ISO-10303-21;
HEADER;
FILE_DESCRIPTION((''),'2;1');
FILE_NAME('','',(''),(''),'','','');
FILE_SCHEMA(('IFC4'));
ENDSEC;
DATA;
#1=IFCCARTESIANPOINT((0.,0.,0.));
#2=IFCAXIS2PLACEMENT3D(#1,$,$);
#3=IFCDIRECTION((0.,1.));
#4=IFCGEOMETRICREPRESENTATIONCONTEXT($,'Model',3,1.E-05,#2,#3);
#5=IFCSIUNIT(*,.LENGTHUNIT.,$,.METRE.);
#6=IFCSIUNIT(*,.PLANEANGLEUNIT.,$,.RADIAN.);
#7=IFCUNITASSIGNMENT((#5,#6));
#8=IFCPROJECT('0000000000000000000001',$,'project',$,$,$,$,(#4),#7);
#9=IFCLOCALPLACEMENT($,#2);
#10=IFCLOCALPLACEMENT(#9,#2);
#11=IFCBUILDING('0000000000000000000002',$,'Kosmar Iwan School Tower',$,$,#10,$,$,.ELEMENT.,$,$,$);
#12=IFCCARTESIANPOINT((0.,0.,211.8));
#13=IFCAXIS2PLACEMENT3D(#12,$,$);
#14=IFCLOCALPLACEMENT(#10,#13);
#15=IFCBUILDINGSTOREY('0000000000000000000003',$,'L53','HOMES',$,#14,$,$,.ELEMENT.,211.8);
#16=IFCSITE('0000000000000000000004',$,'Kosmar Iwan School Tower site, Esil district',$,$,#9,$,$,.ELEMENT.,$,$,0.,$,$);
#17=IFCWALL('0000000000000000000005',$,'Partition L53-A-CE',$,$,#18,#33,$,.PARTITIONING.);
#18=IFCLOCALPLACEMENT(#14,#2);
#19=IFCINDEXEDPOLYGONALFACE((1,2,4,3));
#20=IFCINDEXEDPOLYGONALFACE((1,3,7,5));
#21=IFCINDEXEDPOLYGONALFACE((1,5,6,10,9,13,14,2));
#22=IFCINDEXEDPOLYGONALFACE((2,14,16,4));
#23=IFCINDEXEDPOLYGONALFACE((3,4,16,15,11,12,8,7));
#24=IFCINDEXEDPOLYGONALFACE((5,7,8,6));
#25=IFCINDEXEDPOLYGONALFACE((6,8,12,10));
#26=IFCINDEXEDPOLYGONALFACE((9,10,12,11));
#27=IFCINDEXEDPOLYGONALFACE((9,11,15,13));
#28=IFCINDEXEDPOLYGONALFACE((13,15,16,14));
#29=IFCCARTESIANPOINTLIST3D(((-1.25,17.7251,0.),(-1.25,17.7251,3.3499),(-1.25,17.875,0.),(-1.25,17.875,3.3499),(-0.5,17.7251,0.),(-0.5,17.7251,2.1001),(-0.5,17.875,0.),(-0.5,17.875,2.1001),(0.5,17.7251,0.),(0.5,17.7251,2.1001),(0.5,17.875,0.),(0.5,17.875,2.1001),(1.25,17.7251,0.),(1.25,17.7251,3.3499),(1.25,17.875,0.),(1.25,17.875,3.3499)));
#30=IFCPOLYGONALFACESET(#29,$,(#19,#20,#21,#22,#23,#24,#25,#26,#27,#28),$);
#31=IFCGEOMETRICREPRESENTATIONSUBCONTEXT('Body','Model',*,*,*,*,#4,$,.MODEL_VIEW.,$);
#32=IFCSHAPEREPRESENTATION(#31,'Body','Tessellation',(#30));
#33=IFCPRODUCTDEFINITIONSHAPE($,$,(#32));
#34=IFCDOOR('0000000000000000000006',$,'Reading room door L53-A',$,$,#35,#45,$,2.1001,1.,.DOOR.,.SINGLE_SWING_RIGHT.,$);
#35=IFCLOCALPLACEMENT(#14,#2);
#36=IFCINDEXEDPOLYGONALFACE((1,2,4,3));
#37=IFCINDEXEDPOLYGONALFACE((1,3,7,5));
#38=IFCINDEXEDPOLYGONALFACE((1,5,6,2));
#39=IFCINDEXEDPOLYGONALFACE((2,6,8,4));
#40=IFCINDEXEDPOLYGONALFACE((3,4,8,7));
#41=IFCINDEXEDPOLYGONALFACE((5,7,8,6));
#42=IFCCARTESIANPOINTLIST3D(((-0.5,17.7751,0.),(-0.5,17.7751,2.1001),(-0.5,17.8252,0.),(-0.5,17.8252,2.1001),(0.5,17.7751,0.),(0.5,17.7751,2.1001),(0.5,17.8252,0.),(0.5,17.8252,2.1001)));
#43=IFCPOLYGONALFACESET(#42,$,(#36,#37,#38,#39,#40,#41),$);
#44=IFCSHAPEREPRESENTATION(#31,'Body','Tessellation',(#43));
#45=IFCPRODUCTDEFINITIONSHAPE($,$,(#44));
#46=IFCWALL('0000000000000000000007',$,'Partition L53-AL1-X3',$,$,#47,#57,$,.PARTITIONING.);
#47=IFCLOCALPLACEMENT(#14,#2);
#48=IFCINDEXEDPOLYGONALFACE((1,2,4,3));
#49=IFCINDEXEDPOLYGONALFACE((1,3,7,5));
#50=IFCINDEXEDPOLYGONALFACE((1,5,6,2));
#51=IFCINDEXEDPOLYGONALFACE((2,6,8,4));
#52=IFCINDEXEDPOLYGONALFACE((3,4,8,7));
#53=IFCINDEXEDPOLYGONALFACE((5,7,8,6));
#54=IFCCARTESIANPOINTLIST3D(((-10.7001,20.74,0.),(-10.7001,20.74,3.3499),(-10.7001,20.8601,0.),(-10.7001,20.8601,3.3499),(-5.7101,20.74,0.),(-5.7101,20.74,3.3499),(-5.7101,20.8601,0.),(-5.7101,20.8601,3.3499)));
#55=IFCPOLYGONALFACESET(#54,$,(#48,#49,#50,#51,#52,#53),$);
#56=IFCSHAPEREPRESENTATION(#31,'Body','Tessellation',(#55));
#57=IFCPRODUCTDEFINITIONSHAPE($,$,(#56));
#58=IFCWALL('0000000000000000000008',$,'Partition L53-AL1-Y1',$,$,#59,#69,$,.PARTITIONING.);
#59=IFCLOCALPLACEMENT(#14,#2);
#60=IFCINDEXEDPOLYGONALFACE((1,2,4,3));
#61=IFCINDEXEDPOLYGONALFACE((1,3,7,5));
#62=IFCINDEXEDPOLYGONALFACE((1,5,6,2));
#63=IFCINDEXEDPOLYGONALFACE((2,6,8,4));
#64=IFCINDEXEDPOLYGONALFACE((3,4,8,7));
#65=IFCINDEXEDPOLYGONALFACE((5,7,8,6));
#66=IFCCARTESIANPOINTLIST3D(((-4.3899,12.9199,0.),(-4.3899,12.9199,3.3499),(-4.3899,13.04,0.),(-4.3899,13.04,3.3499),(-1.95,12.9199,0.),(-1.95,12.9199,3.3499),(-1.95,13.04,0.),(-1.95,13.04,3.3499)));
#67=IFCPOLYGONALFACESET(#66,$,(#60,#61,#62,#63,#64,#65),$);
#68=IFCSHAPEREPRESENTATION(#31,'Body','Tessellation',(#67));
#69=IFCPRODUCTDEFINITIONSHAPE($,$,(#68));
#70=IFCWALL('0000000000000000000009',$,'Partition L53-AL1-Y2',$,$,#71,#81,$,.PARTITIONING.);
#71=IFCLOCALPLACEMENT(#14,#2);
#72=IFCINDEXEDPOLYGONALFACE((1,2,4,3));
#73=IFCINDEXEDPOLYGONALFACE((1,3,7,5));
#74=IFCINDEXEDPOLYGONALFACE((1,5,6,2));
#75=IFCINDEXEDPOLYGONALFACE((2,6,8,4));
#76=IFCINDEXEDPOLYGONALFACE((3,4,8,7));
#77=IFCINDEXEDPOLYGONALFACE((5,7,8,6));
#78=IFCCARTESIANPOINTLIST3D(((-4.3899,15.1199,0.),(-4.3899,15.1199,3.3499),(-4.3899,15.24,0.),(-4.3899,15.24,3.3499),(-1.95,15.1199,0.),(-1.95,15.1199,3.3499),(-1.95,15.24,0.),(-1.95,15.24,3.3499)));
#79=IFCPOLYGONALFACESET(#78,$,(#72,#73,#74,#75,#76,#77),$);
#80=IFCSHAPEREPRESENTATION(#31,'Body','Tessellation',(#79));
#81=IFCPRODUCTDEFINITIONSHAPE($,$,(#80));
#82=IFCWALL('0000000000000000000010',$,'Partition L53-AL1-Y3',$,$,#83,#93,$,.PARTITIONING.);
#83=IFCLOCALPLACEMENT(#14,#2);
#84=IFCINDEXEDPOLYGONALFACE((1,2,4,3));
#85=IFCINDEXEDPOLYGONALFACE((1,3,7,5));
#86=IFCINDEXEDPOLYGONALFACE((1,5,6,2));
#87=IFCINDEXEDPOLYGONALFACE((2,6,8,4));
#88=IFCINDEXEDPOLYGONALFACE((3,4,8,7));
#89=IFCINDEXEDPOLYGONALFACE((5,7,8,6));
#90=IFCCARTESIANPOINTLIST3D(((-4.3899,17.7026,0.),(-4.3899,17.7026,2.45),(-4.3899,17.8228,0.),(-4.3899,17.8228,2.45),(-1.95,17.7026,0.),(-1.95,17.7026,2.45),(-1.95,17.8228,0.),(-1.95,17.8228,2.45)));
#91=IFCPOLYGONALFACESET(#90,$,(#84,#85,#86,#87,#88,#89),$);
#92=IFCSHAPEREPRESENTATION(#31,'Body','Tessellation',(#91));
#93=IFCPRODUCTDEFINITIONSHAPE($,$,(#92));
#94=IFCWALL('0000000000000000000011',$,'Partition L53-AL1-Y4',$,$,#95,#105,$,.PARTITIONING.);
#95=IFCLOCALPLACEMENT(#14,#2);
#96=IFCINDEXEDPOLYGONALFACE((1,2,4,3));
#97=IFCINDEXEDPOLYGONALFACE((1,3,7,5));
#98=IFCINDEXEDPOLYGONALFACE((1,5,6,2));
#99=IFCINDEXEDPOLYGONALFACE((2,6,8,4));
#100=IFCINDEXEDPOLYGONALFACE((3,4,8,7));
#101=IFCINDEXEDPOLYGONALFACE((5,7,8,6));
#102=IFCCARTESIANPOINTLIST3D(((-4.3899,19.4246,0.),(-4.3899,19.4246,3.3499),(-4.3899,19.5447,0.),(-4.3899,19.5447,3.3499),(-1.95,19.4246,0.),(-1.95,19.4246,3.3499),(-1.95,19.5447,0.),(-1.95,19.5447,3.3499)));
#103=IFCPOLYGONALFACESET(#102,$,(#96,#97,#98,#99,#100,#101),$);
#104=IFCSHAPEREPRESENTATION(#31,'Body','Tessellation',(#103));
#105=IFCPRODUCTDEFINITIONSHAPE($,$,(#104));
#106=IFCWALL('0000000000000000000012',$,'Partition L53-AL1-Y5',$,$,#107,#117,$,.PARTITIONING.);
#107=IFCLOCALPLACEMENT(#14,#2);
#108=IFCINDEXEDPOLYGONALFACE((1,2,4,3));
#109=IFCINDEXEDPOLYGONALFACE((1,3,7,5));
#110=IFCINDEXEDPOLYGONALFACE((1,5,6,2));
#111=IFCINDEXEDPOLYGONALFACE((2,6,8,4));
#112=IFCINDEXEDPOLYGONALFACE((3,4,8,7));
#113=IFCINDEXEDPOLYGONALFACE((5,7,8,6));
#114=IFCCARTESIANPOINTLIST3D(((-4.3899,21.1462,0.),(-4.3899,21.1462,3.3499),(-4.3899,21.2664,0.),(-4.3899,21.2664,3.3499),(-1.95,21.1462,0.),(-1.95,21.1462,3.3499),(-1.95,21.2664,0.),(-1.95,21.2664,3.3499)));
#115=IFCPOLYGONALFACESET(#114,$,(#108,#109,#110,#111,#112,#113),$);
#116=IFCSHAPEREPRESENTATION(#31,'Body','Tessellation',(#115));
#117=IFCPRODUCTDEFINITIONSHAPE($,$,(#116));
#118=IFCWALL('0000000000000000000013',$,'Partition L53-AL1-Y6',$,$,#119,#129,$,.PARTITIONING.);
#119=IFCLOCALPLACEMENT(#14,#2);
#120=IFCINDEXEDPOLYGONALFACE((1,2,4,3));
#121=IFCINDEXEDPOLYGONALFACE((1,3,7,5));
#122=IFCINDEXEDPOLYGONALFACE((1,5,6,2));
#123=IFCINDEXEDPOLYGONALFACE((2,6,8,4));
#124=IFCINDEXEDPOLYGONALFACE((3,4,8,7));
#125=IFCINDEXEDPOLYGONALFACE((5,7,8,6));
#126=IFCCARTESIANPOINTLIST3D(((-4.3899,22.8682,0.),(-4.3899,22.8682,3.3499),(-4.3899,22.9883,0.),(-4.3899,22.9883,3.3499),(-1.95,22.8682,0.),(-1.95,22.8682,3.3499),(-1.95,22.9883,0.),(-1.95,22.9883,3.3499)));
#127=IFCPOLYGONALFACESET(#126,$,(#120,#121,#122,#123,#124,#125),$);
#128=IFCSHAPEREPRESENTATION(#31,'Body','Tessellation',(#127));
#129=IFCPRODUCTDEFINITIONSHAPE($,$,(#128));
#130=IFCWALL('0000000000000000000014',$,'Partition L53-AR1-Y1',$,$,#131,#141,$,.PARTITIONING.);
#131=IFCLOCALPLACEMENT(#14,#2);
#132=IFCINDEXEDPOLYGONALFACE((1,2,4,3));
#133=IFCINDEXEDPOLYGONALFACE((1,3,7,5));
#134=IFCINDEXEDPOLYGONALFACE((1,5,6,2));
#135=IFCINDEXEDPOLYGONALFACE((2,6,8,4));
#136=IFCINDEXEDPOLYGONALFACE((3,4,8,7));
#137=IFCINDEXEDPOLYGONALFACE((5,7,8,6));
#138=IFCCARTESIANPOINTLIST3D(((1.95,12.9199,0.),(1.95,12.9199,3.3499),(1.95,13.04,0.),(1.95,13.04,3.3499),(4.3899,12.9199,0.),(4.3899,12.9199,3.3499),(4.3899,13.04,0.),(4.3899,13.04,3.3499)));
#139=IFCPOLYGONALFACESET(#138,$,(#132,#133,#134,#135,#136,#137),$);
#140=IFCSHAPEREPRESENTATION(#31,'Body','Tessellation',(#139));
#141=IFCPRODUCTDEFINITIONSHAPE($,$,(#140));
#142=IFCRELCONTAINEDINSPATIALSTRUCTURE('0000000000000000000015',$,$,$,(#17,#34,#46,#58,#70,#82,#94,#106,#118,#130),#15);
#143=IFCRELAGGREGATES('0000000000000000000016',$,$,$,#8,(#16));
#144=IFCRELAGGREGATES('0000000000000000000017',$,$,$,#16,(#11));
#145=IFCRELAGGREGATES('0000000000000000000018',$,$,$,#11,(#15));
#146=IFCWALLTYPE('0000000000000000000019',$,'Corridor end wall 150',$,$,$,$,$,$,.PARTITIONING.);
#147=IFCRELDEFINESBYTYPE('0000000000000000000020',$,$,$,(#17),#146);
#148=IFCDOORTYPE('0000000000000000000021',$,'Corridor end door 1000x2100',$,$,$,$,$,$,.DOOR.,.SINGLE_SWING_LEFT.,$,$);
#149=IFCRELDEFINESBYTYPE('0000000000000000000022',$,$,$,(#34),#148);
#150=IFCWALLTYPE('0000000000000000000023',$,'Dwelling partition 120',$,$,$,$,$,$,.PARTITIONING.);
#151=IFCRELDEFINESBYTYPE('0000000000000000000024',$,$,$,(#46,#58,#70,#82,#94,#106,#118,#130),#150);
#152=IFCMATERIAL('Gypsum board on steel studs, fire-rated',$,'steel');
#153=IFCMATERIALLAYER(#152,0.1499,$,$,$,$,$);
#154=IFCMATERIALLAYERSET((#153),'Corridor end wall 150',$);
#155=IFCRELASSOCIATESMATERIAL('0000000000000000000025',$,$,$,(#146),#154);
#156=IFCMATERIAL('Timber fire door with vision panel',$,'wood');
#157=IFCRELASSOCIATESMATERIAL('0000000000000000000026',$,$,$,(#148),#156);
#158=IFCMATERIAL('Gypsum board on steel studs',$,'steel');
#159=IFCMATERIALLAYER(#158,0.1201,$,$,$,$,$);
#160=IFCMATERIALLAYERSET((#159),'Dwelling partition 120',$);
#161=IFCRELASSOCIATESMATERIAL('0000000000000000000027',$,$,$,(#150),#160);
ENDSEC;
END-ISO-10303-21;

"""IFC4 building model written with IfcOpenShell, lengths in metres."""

from ifc_helpers import new_model, si_unit, direction, frame, frame_2d, origin, place, context, subcontext, project, spatial, rectangle, extrude, material, layer, layer_set, type_object, element, fill, save


model = new_model("IFC4")

# Units and contexts
model_context = context("Model", 3, precision=1e-05, world=origin(), true_north=direction((0.0, 1.0)))
body_context = subcontext(model_context, "Body", "Model", "MODEL_VIEW")
ifc_project = project(units=[si_unit("LENGTHUNIT", "METRE"), si_unit("PLANEANGLEUNIT", "RADIAN")], contexts=[model_context])

# Site, building, storey
site_placement = place(None, origin())
site = spatial("IfcSite", under=ifc_project, at=site_placement, Name="Kosmar Iwan School Tower site, Esil district", CompositionType="ELEMENT", RefElevation=0.0)
building_placement = place(site_placement, origin())
building = spatial("IfcBuilding", under=site, at=building_placement, Name="Kosmar Iwan School Tower", CompositionType="ELEMENT")
storey_placement = place(building_placement, frame((0.0, 0.0, 211.8)))
storey = spatial("IfcBuildingStorey", under=building, at=storey_placement, Name="L53", Description="HOMES", CompositionType="ELEMENT", Elevation=211.8)

# Wall, opening, door
ifc_material_1 = material(Name="Gypsum board on steel studs, fire-rated", Category="steel")
ifc_layer_1 = layer(ifc_material_1, 0.1499)
ifc_layer_set_1 = layer_set([ifc_layer_1], Name="Corridor end wall 150")
wall_type_1 = type_object("IfcWallType", Name="Corridor end wall 150", PredefinedType="PARTITIONING", material=ifc_layer_set_1)
wall_1_placement = place(storey_placement, frame((1.25, 17.8, 0.0), z_axis=(0.0, 0.0, 1.0), x_axis=(-1.0, 0.0, 0.0)))
wall_1 = element("IfcWall", 1, at=wall_1_placement, inside=storey, type_object=wall_type_1, Name="Partition L53-A-CE", PredefinedType="PARTITIONING", context=body_context, shape_type="SweptSolid", body=[
    extrude(rectangle(XDim=2.5, YDim=0.1499, at=frame_2d((1.25, 0.0))), origin(), (0.0, 0.0, 1.0), 3.3499),
])
opening_placement = place(wall_1_placement, frame((0.75, 0.0, 0.0)))
opening = element("IfcOpeningElement", 2, at=opening_placement, cuts=wall_1, PredefinedType="OPENING", context=body_context, shape_type="SweptSolid", body=[
    extrude(rectangle(XDim=1.0, YDim=2.1001, at=frame_2d((0.5, 1.05))), frame((0.0, 0.0869, 0.0), z_axis=(0.0, -1.0, 0.0), x_axis=(1.0, 0.0, 0.0)), (0.0, 0.0, 1.0), 0.1738),
])
ifc_material_2 = material(Name="Timber fire door with vision panel", Category="wood")
door_type = type_object("IfcDoorType", Name="Corridor end door 1000x2100", OperationType="SINGLE_SWING_LEFT", PredefinedType="DOOR", material=ifc_material_2)
door_placement = place(opening_placement, origin())
door = element("IfcDoor", 3, at=door_placement, inside=storey, type_object=door_type, Name="Reading room door L53-A", OperationType="SINGLE_SWING_RIGHT", OverallHeight=2.1001, OverallWidth=1.0, PredefinedType="DOOR", context=body_context, shape_type="SweptSolid", body=[
    extrude(rectangle(XDim=1.0, YDim=2.1001, at=frame_2d((0.5, 1.05))), frame((0.0, 0.0249, 0.0), z_axis=(0.0, -1.0, 0.0), x_axis=(1.0, 0.0, 0.0)), (0.0, 0.0, 1.0), 0.05),
])
fill(opening, door)

# Walls
ifc_material_3 = material(Name="Gypsum board on steel studs", Category="steel")
ifc_layer_2 = layer(ifc_material_3, 0.1201)
ifc_layer_set_2 = layer_set([ifc_layer_2], Name="Dwelling partition 120")
wall_type_2 = type_object("IfcWallType", Name="Dwelling partition 120", PredefinedType="PARTITIONING", material=ifc_layer_set_2)
wall_2_placement = place(storey_placement, frame((-5.71, 20.8, 0.0), z_axis=(0.0, 0.0, 1.0), x_axis=(-1.0, 0.0, 0.0)))
element("IfcWall", 4, at=wall_2_placement, inside=storey, type_object=wall_type_2, Name="Partition L53-AL1-X3", PredefinedType="PARTITIONING", context=body_context, shape_type="SweptSolid", body=[
    extrude(rectangle(XDim=4.99, YDim=0.1201, at=frame_2d((2.4951, 0.0))), origin(), (0.0, 0.0, 1.0), 3.3499),
])
for number, where, z_axis, x_axis, name in (
    (5, (-1.95, 12.98, 0.0), (0.0, 0.0, 1.0), (-1.0, 0.0, 0.0), "Partition L53-AL1-Y1"),
    (6, (-1.95, 15.1799, 0.0), (0.0, 0.0, 1.0), (-1.0, 0.0, 0.0), "Partition L53-AL1-Y2"),
):
    element("IfcWall", number, at=place(storey_placement, frame(where, z_axis=z_axis, x_axis=x_axis)), inside=storey, type_object=wall_type_2, Name=name, PredefinedType="PARTITIONING", context=body_context, shape_type="SweptSolid", body=[
        extrude(rectangle(XDim=2.4399, YDim=0.1201, at=frame_2d((1.22, 0.0))), origin(), (0.0, 0.0, 1.0), 3.3499),
    ])
wall_3_placement = place(storey_placement, frame((-1.95, 17.7627, 0.0), z_axis=(0.0, 0.0, 1.0), x_axis=(-1.0, 0.0, 0.0)))
element("IfcWall", 7, at=wall_3_placement, inside=storey, type_object=wall_type_2, Name="Partition L53-AL1-Y3", PredefinedType="PARTITIONING", context=body_context, shape_type="SweptSolid", body=[
    extrude(rectangle(XDim=2.4399, YDim=0.1201, at=frame_2d((1.22, 0.0))), origin(), (0.0, 0.0, 1.0), 2.45),
])
for number, where, z_axis, x_axis, name in (
    (8, (-1.95, 19.4846, 0.0), (0.0, 0.0, 1.0), (-1.0, 0.0, 0.0), "Partition L53-AL1-Y4"),
    (9, (-1.95, 21.2063, 0.0), (0.0, 0.0, 1.0), (-1.0, 0.0, 0.0), "Partition L53-AL1-Y5"),
    (10, (-1.95, 22.9282, 0.0), (0.0, 0.0, 1.0), (-1.0, 0.0, 0.0), "Partition L53-AL1-Y6"),
    (11, (1.95, 12.98, 0.0), (0.0, 0.0, 1.0), (1.0, 0.0, 0.0), "Partition L53-AR1-Y1"),
):
    element("IfcWall", number, at=place(storey_placement, frame(where, z_axis=z_axis, x_axis=x_axis)), inside=storey, type_object=wall_type_2, Name=name, PredefinedType="PARTITIONING", context=body_context, shape_type="SweptSolid", body=[
        extrude(rectangle(XDim=2.4399, YDim=0.1201, at=frame_2d((1.22, 0.0))), origin(), (0.0, 0.0, 1.0), 3.3499),
    ])

save(model, "model.ifc")
